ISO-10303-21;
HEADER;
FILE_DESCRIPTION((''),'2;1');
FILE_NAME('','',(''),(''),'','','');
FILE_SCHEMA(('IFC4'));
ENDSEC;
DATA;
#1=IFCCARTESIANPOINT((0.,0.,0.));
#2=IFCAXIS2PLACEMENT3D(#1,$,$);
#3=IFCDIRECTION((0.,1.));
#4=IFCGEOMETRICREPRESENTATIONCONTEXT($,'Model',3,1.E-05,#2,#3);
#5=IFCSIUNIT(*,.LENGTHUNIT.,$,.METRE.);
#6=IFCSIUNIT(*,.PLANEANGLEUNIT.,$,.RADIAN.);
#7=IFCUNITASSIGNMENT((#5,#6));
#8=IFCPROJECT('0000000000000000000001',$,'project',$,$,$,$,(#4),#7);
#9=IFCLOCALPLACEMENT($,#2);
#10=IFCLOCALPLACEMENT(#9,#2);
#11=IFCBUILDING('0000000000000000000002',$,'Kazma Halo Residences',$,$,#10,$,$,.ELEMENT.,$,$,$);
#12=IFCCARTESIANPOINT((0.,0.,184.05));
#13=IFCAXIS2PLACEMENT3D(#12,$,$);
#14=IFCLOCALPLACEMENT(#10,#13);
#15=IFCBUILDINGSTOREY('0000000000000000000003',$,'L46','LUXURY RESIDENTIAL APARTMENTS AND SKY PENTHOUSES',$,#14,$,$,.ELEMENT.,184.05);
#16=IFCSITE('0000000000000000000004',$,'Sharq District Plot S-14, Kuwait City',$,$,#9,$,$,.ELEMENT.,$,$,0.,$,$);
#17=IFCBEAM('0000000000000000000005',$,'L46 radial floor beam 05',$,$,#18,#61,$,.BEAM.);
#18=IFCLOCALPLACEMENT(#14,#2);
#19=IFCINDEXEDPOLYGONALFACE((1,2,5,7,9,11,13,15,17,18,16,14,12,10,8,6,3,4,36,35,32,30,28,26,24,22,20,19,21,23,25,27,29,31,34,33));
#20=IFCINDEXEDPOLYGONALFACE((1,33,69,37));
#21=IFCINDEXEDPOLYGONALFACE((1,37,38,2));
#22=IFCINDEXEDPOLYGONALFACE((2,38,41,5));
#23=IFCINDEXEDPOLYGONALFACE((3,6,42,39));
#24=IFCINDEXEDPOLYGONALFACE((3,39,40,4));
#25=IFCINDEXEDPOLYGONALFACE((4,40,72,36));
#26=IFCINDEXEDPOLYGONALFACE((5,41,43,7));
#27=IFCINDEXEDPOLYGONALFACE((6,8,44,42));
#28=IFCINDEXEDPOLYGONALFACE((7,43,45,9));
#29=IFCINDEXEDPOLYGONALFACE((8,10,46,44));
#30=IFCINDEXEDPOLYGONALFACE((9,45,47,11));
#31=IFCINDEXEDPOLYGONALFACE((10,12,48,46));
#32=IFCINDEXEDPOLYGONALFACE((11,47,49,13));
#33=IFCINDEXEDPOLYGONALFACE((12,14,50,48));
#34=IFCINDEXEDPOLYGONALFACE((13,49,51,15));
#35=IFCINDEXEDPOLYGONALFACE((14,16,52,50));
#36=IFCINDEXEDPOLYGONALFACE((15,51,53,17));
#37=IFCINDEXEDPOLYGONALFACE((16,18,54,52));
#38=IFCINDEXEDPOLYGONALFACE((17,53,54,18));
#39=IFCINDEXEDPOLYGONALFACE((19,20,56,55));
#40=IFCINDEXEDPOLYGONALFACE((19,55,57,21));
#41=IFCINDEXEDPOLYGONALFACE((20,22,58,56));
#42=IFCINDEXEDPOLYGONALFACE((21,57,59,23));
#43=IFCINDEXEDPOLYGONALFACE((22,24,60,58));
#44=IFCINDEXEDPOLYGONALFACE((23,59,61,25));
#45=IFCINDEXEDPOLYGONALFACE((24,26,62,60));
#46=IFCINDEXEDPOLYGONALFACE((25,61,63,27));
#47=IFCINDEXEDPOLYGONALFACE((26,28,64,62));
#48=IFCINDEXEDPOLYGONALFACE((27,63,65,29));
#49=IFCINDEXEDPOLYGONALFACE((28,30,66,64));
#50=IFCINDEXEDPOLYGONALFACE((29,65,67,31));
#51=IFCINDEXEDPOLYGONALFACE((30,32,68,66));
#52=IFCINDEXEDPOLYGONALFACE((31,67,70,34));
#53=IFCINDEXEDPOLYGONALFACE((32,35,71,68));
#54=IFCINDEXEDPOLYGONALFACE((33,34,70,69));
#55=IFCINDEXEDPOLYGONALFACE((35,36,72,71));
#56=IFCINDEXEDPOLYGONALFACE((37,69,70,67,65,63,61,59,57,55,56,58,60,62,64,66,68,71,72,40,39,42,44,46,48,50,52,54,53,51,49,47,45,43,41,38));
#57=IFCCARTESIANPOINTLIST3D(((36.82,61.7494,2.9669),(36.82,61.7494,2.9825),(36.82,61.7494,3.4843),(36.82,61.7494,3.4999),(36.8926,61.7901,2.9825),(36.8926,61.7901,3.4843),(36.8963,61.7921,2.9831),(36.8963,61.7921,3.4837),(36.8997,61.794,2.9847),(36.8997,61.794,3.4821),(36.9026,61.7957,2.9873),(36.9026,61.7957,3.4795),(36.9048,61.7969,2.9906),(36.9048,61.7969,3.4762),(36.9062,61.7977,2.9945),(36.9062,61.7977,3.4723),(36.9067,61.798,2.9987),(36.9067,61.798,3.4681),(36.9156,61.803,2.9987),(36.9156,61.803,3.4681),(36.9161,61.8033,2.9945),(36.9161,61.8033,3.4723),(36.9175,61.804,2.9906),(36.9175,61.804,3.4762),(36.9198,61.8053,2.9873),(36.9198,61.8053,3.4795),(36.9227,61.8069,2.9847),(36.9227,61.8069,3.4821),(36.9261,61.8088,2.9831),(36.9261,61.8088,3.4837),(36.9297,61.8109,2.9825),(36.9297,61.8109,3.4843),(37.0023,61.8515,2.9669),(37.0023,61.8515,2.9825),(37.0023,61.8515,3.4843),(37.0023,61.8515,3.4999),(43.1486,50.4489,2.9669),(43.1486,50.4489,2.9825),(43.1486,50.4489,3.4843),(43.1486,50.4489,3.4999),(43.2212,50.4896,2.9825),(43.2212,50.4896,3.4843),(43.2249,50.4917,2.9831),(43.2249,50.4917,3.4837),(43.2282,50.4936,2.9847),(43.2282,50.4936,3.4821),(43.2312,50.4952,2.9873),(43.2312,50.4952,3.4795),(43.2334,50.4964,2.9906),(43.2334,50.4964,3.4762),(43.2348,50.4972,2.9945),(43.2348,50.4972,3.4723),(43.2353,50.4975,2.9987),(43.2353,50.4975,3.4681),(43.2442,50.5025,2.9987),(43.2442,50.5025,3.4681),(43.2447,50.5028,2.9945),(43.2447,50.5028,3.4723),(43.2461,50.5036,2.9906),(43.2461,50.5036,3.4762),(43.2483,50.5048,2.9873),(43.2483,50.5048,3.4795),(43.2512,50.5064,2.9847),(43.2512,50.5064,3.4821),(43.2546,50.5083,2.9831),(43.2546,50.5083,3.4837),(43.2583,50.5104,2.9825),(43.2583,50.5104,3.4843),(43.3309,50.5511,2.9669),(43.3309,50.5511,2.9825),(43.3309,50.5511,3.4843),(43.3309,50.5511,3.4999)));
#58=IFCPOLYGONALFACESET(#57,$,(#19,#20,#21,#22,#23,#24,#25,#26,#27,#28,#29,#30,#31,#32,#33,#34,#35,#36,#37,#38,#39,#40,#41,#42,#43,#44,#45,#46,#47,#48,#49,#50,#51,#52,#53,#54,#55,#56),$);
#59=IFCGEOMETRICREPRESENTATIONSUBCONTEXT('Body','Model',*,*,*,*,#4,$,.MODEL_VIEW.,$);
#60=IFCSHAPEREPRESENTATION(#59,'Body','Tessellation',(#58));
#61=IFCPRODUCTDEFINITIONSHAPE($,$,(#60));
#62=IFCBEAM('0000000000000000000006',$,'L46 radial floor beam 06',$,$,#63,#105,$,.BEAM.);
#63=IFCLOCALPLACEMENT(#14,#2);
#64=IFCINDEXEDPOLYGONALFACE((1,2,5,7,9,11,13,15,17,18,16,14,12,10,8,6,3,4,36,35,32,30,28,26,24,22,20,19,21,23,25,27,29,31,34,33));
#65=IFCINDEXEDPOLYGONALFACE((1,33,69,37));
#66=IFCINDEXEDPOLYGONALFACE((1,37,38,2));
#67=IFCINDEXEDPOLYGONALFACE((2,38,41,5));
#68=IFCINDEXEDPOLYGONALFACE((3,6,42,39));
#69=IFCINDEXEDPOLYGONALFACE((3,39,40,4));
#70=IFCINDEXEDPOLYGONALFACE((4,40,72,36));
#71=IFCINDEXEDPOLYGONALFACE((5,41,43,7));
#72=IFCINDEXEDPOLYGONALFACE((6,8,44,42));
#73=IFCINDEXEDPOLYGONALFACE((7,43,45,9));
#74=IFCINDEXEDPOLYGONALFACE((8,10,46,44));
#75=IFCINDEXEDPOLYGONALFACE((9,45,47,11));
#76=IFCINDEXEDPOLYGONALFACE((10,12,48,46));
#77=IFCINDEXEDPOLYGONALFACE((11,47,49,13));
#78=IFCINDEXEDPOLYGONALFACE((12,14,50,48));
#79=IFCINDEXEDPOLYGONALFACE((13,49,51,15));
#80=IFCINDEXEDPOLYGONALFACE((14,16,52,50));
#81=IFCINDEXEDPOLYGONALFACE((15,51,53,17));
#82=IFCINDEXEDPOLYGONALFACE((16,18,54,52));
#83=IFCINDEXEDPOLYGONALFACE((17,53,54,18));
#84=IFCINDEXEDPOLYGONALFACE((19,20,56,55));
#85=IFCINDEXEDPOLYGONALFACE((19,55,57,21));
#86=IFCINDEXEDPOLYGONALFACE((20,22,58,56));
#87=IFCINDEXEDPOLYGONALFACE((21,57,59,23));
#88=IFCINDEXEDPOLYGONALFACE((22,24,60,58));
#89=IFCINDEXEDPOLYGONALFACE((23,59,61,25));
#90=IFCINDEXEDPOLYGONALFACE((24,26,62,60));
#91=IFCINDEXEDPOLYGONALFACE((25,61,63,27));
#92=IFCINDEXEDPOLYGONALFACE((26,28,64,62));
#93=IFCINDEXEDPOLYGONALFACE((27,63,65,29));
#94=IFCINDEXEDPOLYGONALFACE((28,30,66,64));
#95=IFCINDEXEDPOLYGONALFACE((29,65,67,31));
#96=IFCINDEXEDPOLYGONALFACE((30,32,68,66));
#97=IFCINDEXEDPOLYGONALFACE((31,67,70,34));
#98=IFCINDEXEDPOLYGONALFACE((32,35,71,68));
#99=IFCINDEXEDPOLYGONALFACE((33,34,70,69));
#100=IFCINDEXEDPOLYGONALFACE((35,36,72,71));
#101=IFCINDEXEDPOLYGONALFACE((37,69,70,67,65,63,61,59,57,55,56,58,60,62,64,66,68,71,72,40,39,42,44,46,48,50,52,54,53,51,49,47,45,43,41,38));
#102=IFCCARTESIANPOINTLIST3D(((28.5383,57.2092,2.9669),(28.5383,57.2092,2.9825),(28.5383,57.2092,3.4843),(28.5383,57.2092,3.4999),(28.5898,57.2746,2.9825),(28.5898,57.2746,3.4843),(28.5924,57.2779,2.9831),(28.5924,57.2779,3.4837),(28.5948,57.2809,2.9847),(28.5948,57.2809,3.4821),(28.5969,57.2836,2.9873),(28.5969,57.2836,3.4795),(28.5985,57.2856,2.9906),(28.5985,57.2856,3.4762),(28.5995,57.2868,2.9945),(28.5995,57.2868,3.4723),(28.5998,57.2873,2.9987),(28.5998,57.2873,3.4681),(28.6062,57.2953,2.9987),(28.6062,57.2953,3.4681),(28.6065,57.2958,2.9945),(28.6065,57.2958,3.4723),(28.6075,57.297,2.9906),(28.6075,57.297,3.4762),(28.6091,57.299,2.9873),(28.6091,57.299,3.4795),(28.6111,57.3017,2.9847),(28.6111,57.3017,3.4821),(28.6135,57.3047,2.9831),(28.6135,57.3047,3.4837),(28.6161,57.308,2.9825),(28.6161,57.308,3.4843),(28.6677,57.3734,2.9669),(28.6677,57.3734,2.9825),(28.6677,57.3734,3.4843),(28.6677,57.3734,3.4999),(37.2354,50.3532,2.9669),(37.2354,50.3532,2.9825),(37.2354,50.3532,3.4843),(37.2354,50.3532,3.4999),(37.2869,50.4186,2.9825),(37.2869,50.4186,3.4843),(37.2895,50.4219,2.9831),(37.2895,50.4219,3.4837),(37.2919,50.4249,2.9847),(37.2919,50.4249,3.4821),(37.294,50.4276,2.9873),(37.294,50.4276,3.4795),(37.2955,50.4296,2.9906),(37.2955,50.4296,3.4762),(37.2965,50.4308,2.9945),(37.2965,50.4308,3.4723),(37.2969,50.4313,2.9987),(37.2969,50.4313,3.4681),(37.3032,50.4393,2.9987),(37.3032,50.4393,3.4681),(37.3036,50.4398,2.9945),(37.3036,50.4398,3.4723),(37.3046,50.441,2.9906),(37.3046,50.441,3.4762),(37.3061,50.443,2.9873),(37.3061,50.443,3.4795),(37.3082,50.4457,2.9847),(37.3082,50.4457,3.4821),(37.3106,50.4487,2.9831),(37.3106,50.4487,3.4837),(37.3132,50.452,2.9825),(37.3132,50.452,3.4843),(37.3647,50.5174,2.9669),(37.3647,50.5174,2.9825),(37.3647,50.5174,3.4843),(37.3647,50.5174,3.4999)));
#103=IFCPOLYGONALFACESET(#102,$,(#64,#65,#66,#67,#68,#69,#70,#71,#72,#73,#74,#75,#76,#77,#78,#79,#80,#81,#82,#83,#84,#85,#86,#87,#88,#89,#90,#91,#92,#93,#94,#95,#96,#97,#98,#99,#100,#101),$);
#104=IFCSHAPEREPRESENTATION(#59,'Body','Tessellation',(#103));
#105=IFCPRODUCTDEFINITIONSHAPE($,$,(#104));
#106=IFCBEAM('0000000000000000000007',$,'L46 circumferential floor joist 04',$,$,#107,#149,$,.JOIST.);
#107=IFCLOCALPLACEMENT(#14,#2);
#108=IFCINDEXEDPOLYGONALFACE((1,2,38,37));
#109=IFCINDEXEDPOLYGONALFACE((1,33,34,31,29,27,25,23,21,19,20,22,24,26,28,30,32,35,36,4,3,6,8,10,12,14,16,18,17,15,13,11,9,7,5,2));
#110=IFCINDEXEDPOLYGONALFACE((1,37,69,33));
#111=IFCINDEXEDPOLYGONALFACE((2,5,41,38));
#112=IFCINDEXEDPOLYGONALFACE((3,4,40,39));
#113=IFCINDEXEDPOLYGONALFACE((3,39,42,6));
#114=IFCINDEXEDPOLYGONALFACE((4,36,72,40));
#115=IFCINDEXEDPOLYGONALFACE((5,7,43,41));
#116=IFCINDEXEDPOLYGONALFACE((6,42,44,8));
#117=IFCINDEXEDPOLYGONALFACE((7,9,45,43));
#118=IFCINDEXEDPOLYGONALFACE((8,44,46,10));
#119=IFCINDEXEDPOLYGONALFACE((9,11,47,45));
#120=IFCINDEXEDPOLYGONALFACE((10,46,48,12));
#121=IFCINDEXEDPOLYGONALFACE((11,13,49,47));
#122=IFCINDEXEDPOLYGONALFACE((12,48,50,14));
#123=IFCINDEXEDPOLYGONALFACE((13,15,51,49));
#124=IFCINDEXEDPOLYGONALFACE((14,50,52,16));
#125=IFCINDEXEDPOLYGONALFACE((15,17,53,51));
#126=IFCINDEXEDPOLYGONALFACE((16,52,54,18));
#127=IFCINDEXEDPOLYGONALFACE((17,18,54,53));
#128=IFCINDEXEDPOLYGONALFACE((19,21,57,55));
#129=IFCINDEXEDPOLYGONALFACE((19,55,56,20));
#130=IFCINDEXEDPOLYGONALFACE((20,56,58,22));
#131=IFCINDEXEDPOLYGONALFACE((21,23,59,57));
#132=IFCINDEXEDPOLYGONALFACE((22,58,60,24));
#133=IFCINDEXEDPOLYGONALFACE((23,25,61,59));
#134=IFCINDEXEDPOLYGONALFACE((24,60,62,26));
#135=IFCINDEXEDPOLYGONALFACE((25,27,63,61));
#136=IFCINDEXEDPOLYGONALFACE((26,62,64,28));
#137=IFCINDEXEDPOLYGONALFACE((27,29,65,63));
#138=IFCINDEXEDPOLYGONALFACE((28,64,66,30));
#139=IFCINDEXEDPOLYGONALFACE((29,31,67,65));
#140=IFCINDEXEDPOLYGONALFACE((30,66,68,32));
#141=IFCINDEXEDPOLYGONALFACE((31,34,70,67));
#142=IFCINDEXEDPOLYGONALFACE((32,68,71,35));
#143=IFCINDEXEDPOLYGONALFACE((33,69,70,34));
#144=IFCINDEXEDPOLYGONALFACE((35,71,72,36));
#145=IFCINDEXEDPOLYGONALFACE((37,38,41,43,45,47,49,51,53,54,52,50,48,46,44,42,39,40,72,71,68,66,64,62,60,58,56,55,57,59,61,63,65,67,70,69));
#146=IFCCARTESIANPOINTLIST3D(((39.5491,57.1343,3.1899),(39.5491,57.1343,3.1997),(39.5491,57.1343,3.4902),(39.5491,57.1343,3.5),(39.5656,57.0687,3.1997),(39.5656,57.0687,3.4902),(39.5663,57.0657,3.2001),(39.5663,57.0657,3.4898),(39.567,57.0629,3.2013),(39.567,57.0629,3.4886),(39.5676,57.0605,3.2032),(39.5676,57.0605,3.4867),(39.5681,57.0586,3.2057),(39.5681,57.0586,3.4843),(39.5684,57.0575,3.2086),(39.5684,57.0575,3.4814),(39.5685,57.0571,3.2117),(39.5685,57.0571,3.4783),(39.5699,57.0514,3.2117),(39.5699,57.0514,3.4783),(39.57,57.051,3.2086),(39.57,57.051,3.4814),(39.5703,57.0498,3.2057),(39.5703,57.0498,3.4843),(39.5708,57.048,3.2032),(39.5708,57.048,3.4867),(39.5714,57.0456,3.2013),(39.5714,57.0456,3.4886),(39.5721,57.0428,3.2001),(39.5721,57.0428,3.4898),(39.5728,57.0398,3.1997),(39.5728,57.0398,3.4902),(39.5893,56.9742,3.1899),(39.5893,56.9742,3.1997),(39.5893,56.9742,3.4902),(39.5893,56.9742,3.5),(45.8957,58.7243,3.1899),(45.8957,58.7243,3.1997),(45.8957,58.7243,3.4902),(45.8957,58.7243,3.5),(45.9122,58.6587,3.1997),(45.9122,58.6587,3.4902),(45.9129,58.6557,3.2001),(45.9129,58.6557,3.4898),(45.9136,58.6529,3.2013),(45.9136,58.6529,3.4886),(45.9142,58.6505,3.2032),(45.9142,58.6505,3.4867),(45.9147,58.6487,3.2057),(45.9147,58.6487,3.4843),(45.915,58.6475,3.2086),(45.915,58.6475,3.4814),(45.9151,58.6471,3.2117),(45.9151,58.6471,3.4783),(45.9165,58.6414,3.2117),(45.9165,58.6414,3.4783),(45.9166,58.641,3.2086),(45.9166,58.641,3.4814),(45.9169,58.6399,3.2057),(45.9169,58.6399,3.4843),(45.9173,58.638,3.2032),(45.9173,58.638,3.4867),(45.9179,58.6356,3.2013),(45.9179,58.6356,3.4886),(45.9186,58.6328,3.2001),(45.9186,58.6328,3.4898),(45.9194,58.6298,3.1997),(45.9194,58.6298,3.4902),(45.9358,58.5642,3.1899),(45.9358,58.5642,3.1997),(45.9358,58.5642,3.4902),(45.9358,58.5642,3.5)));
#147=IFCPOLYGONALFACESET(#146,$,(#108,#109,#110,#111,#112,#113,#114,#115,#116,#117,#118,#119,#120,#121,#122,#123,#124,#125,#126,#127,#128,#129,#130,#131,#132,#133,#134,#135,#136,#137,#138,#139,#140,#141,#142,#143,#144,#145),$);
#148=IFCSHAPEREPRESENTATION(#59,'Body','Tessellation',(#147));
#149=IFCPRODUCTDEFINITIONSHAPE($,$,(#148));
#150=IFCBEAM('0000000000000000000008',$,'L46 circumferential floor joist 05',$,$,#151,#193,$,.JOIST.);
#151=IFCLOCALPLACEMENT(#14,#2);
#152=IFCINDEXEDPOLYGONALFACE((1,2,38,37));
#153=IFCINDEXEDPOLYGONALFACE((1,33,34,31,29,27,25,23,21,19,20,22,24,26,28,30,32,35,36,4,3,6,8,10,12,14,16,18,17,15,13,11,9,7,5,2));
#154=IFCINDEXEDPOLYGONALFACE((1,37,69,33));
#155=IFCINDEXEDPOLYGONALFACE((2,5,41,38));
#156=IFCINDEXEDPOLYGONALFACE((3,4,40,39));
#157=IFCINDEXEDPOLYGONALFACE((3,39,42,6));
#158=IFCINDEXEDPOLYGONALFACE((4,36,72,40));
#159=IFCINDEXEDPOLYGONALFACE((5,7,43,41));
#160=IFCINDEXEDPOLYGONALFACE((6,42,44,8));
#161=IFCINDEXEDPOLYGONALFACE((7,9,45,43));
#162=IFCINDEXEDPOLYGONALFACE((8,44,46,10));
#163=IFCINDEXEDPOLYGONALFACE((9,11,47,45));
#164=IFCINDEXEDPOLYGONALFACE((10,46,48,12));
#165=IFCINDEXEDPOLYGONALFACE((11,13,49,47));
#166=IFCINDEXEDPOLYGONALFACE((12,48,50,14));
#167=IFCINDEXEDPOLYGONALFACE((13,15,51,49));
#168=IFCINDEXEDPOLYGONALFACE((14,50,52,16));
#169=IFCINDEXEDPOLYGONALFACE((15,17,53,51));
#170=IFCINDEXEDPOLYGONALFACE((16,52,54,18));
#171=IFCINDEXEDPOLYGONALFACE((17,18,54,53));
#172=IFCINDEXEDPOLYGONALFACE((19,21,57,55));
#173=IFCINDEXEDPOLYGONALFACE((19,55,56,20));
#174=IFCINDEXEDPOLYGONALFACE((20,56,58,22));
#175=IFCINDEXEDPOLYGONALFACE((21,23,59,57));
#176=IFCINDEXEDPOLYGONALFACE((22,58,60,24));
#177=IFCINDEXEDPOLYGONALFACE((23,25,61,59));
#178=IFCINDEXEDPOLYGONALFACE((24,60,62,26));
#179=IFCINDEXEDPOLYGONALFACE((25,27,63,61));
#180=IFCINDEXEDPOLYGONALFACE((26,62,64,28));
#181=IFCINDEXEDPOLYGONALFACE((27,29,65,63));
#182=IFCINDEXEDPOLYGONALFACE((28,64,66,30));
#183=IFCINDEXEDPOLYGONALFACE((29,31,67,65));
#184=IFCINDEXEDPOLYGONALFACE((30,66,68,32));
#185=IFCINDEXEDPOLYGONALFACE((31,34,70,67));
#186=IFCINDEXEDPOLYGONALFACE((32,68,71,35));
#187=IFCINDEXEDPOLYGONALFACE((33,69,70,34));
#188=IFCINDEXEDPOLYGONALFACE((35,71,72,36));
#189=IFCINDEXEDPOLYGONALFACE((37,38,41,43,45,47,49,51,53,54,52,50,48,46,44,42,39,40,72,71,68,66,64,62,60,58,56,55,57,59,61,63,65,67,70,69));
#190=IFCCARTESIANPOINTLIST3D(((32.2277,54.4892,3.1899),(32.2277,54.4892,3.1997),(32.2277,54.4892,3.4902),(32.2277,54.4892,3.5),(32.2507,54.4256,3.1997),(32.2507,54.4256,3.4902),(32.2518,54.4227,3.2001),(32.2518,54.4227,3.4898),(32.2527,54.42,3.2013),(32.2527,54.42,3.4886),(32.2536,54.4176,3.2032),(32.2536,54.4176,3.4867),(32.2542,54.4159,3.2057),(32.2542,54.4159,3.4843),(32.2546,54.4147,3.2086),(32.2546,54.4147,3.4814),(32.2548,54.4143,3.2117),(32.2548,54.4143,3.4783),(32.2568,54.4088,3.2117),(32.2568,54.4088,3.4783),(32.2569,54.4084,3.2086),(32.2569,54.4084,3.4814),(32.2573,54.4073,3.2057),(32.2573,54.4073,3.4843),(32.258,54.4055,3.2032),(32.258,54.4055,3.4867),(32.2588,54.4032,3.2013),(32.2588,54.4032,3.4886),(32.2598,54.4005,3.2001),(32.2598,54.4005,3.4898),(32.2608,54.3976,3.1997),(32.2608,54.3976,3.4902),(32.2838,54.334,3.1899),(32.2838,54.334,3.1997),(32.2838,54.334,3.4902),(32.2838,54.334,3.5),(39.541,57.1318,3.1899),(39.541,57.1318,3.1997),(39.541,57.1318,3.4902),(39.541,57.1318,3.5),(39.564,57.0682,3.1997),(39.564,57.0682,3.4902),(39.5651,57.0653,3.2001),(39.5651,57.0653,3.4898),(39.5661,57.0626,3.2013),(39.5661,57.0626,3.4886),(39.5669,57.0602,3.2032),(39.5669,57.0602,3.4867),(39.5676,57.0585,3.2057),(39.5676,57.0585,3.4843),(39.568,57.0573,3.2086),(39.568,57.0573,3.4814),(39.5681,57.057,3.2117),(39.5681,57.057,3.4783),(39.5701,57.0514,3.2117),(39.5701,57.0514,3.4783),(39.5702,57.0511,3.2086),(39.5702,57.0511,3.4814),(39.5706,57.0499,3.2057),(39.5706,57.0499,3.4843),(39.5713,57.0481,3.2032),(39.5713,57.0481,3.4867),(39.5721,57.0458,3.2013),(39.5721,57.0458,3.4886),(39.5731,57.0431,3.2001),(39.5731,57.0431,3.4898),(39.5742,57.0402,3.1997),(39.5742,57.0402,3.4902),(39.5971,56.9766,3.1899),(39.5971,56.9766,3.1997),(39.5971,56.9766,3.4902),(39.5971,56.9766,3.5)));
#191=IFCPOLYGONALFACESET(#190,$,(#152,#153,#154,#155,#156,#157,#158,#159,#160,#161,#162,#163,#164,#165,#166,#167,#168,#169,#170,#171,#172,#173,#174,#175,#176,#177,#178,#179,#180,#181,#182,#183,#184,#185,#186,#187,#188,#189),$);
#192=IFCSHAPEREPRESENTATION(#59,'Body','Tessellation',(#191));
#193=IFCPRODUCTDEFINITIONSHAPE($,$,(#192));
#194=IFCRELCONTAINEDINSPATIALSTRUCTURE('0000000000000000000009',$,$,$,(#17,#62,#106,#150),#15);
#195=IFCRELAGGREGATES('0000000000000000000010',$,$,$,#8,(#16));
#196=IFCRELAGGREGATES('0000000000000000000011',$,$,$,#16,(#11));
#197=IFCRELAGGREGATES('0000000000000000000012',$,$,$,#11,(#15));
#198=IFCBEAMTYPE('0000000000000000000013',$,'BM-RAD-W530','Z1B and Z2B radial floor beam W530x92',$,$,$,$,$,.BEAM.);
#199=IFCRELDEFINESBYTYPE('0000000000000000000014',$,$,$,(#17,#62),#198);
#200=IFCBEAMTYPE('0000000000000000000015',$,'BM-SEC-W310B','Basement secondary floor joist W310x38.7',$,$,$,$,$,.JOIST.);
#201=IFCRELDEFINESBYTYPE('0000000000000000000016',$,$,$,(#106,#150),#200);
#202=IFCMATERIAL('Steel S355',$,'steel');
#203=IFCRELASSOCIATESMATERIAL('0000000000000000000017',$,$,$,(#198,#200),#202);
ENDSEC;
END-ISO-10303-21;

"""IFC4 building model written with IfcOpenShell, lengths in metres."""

from ifc_helpers import new_model, si_unit, direction, frame, origin, origin_2d, place, context, subcontext, project, spatial, i_section, extrude, material, material_profile, profile_set, type_object, element, save


model = new_model("IFC4")

# Units and contexts
model_context = context("Model", 3, precision=1e-05, world=origin(), true_north=direction((0.0, 1.0)))
body_context = subcontext(model_context, "Body", "Model", "MODEL_VIEW")
ifc_project = project(units=[si_unit("LENGTHUNIT", "METRE"), si_unit("PLANEANGLEUNIT", "RADIAN")], contexts=[model_context])

# Site, building, storey
site_placement = place(None, origin())
site = spatial("IfcSite", under=ifc_project, at=site_placement, Name="Sharq District Plot S-14, Kuwait City", CompositionType="ELEMENT", RefElevation=0.0)
building_placement = place(site_placement, origin())
building = spatial("IfcBuilding", under=site, at=building_placement, Name="Kazma Halo Residences", CompositionType="ELEMENT")
storey_placement = place(building_placement, frame((0.0, 0.0, 184.05)))
storey = spatial("IfcBuildingStorey", under=building, at=storey_placement, Name="L46", Description="LUXURY RESIDENTIAL APARTMENTS AND SKY PENTHOUSES", CompositionType="ELEMENT", Elevation=184.05)

# Beams
ifc_material_1 = material(Name="Steel S355", Category="steel")
ifc_material_profile_1 = material_profile(ifc_material_1, i_section(OverallWidth=0.209, OverallDepth=0.533, WebThickness=0.0103, FlangeThickness=0.0156, FilletRadius=0.0161, at=origin_2d()), Name="W530x92")
ifc_profile_set_1 = profile_set([ifc_material_profile_1], Name="Steel S355")
beam_type_1 = type_object("IfcBeamType", Name="BM-RAD-W530", Description="Z1B and Z2B radial floor beam W530x92", PredefinedType="BEAM", material=ifc_profile_set_1)
beam_1_placement = place(storey_placement, frame((43.2397, 50.5, 3.2334), z_axis=(-0.488622, 0.872496, 0.0), x_axis=(-0.872496, -0.488622, 0.0)))
element("IfcBeam", 1, at=beam_1_placement, inside=storey, type_object=beam_type_1, Name="L46 radial floor beam 05", PredefinedType="BEAM", context=body_context, shape_type="SweptSolid", body=[
    extrude(i_section(OverallWidth=0.209, OverallDepth=0.533, WebThickness=0.0103, FlangeThickness=0.0156, FilletRadius=0.0161, at=origin_2d()), origin(), (0.0, 0.0, 1.0), 12.9519),
])
beam_2_placement = place(storey_placement, frame((37.3, 50.4353, 3.2334), z_axis=(-0.785327, 0.619082, 0.0), x_axis=(-0.619082, -0.785327, 0.0)))
element("IfcBeam", 2, at=beam_2_placement, inside=storey, type_object=beam_type_1, Name="L46 radial floor beam 06", PredefinedType="BEAM", context=body_context, shape_type="SweptSolid", body=[
    extrude(i_section(OverallWidth=0.209, OverallDepth=0.533, WebThickness=0.0103, FlangeThickness=0.0156, FilletRadius=0.0161, at=origin_2d()), origin(), (0.0, 0.0, 1.0), 11.0745),
])
ifc_material_profile_2 = material_profile(ifc_material_1, i_section(OverallWidth=0.165, OverallDepth=0.3101, WebThickness=0.0059, FlangeThickness=0.0098, FilletRadius=0.012, at=origin_2d()), Name="W310x38.7")
ifc_profile_set_2 = profile_set([ifc_material_profile_2], Name="Steel S355")
beam_type_2 = type_object("IfcBeamType", Name="BM-SEC-W310B", Description="Basement secondary floor joist W310x38.7", PredefinedType="JOIST", material=ifc_profile_set_2)
beam_3_placement = place(storey_placement, frame((45.9158, 58.6443, 3.345), z_axis=(-0.970019, -0.243027, 0.0), x_axis=(0.243027, -0.970019, 0.0)))
element("IfcBeam", 3, at=beam_3_placement, inside=storey, type_object=beam_type_2, Name="L46 circumferential floor joist 04", PredefinedType="JOIST", context=body_context, shape_type="SweptSolid", body=[
    extrude(i_section(OverallWidth=0.165, OverallDepth=0.3101, WebThickness=0.0059, FlangeThickness=0.0098, FilletRadius=0.012, at=origin_2d()), origin(), (0.0, 0.0, 1.0), 6.5427),
])
beam_4_placement = place(storey_placement, frame((39.5691, 57.0542, 3.345), z_axis=(-0.940485, -0.339837, 0.0), x_axis=(0.339837, -0.940485, 0.0)))
element("IfcBeam", 4, at=beam_4_placement, inside=storey, type_object=beam_type_2, Name="L46 circumferential floor joist 05", PredefinedType="JOIST", context=body_context, shape_type="SweptSolid", body=[
    extrude(i_section(OverallWidth=0.165, OverallDepth=0.3101, WebThickness=0.0059, FlangeThickness=0.0098, FilletRadius=0.012, at=origin_2d()), origin(), (0.0, 0.0, 1.0), 7.7761),
])

save(model, "model.ifc")
